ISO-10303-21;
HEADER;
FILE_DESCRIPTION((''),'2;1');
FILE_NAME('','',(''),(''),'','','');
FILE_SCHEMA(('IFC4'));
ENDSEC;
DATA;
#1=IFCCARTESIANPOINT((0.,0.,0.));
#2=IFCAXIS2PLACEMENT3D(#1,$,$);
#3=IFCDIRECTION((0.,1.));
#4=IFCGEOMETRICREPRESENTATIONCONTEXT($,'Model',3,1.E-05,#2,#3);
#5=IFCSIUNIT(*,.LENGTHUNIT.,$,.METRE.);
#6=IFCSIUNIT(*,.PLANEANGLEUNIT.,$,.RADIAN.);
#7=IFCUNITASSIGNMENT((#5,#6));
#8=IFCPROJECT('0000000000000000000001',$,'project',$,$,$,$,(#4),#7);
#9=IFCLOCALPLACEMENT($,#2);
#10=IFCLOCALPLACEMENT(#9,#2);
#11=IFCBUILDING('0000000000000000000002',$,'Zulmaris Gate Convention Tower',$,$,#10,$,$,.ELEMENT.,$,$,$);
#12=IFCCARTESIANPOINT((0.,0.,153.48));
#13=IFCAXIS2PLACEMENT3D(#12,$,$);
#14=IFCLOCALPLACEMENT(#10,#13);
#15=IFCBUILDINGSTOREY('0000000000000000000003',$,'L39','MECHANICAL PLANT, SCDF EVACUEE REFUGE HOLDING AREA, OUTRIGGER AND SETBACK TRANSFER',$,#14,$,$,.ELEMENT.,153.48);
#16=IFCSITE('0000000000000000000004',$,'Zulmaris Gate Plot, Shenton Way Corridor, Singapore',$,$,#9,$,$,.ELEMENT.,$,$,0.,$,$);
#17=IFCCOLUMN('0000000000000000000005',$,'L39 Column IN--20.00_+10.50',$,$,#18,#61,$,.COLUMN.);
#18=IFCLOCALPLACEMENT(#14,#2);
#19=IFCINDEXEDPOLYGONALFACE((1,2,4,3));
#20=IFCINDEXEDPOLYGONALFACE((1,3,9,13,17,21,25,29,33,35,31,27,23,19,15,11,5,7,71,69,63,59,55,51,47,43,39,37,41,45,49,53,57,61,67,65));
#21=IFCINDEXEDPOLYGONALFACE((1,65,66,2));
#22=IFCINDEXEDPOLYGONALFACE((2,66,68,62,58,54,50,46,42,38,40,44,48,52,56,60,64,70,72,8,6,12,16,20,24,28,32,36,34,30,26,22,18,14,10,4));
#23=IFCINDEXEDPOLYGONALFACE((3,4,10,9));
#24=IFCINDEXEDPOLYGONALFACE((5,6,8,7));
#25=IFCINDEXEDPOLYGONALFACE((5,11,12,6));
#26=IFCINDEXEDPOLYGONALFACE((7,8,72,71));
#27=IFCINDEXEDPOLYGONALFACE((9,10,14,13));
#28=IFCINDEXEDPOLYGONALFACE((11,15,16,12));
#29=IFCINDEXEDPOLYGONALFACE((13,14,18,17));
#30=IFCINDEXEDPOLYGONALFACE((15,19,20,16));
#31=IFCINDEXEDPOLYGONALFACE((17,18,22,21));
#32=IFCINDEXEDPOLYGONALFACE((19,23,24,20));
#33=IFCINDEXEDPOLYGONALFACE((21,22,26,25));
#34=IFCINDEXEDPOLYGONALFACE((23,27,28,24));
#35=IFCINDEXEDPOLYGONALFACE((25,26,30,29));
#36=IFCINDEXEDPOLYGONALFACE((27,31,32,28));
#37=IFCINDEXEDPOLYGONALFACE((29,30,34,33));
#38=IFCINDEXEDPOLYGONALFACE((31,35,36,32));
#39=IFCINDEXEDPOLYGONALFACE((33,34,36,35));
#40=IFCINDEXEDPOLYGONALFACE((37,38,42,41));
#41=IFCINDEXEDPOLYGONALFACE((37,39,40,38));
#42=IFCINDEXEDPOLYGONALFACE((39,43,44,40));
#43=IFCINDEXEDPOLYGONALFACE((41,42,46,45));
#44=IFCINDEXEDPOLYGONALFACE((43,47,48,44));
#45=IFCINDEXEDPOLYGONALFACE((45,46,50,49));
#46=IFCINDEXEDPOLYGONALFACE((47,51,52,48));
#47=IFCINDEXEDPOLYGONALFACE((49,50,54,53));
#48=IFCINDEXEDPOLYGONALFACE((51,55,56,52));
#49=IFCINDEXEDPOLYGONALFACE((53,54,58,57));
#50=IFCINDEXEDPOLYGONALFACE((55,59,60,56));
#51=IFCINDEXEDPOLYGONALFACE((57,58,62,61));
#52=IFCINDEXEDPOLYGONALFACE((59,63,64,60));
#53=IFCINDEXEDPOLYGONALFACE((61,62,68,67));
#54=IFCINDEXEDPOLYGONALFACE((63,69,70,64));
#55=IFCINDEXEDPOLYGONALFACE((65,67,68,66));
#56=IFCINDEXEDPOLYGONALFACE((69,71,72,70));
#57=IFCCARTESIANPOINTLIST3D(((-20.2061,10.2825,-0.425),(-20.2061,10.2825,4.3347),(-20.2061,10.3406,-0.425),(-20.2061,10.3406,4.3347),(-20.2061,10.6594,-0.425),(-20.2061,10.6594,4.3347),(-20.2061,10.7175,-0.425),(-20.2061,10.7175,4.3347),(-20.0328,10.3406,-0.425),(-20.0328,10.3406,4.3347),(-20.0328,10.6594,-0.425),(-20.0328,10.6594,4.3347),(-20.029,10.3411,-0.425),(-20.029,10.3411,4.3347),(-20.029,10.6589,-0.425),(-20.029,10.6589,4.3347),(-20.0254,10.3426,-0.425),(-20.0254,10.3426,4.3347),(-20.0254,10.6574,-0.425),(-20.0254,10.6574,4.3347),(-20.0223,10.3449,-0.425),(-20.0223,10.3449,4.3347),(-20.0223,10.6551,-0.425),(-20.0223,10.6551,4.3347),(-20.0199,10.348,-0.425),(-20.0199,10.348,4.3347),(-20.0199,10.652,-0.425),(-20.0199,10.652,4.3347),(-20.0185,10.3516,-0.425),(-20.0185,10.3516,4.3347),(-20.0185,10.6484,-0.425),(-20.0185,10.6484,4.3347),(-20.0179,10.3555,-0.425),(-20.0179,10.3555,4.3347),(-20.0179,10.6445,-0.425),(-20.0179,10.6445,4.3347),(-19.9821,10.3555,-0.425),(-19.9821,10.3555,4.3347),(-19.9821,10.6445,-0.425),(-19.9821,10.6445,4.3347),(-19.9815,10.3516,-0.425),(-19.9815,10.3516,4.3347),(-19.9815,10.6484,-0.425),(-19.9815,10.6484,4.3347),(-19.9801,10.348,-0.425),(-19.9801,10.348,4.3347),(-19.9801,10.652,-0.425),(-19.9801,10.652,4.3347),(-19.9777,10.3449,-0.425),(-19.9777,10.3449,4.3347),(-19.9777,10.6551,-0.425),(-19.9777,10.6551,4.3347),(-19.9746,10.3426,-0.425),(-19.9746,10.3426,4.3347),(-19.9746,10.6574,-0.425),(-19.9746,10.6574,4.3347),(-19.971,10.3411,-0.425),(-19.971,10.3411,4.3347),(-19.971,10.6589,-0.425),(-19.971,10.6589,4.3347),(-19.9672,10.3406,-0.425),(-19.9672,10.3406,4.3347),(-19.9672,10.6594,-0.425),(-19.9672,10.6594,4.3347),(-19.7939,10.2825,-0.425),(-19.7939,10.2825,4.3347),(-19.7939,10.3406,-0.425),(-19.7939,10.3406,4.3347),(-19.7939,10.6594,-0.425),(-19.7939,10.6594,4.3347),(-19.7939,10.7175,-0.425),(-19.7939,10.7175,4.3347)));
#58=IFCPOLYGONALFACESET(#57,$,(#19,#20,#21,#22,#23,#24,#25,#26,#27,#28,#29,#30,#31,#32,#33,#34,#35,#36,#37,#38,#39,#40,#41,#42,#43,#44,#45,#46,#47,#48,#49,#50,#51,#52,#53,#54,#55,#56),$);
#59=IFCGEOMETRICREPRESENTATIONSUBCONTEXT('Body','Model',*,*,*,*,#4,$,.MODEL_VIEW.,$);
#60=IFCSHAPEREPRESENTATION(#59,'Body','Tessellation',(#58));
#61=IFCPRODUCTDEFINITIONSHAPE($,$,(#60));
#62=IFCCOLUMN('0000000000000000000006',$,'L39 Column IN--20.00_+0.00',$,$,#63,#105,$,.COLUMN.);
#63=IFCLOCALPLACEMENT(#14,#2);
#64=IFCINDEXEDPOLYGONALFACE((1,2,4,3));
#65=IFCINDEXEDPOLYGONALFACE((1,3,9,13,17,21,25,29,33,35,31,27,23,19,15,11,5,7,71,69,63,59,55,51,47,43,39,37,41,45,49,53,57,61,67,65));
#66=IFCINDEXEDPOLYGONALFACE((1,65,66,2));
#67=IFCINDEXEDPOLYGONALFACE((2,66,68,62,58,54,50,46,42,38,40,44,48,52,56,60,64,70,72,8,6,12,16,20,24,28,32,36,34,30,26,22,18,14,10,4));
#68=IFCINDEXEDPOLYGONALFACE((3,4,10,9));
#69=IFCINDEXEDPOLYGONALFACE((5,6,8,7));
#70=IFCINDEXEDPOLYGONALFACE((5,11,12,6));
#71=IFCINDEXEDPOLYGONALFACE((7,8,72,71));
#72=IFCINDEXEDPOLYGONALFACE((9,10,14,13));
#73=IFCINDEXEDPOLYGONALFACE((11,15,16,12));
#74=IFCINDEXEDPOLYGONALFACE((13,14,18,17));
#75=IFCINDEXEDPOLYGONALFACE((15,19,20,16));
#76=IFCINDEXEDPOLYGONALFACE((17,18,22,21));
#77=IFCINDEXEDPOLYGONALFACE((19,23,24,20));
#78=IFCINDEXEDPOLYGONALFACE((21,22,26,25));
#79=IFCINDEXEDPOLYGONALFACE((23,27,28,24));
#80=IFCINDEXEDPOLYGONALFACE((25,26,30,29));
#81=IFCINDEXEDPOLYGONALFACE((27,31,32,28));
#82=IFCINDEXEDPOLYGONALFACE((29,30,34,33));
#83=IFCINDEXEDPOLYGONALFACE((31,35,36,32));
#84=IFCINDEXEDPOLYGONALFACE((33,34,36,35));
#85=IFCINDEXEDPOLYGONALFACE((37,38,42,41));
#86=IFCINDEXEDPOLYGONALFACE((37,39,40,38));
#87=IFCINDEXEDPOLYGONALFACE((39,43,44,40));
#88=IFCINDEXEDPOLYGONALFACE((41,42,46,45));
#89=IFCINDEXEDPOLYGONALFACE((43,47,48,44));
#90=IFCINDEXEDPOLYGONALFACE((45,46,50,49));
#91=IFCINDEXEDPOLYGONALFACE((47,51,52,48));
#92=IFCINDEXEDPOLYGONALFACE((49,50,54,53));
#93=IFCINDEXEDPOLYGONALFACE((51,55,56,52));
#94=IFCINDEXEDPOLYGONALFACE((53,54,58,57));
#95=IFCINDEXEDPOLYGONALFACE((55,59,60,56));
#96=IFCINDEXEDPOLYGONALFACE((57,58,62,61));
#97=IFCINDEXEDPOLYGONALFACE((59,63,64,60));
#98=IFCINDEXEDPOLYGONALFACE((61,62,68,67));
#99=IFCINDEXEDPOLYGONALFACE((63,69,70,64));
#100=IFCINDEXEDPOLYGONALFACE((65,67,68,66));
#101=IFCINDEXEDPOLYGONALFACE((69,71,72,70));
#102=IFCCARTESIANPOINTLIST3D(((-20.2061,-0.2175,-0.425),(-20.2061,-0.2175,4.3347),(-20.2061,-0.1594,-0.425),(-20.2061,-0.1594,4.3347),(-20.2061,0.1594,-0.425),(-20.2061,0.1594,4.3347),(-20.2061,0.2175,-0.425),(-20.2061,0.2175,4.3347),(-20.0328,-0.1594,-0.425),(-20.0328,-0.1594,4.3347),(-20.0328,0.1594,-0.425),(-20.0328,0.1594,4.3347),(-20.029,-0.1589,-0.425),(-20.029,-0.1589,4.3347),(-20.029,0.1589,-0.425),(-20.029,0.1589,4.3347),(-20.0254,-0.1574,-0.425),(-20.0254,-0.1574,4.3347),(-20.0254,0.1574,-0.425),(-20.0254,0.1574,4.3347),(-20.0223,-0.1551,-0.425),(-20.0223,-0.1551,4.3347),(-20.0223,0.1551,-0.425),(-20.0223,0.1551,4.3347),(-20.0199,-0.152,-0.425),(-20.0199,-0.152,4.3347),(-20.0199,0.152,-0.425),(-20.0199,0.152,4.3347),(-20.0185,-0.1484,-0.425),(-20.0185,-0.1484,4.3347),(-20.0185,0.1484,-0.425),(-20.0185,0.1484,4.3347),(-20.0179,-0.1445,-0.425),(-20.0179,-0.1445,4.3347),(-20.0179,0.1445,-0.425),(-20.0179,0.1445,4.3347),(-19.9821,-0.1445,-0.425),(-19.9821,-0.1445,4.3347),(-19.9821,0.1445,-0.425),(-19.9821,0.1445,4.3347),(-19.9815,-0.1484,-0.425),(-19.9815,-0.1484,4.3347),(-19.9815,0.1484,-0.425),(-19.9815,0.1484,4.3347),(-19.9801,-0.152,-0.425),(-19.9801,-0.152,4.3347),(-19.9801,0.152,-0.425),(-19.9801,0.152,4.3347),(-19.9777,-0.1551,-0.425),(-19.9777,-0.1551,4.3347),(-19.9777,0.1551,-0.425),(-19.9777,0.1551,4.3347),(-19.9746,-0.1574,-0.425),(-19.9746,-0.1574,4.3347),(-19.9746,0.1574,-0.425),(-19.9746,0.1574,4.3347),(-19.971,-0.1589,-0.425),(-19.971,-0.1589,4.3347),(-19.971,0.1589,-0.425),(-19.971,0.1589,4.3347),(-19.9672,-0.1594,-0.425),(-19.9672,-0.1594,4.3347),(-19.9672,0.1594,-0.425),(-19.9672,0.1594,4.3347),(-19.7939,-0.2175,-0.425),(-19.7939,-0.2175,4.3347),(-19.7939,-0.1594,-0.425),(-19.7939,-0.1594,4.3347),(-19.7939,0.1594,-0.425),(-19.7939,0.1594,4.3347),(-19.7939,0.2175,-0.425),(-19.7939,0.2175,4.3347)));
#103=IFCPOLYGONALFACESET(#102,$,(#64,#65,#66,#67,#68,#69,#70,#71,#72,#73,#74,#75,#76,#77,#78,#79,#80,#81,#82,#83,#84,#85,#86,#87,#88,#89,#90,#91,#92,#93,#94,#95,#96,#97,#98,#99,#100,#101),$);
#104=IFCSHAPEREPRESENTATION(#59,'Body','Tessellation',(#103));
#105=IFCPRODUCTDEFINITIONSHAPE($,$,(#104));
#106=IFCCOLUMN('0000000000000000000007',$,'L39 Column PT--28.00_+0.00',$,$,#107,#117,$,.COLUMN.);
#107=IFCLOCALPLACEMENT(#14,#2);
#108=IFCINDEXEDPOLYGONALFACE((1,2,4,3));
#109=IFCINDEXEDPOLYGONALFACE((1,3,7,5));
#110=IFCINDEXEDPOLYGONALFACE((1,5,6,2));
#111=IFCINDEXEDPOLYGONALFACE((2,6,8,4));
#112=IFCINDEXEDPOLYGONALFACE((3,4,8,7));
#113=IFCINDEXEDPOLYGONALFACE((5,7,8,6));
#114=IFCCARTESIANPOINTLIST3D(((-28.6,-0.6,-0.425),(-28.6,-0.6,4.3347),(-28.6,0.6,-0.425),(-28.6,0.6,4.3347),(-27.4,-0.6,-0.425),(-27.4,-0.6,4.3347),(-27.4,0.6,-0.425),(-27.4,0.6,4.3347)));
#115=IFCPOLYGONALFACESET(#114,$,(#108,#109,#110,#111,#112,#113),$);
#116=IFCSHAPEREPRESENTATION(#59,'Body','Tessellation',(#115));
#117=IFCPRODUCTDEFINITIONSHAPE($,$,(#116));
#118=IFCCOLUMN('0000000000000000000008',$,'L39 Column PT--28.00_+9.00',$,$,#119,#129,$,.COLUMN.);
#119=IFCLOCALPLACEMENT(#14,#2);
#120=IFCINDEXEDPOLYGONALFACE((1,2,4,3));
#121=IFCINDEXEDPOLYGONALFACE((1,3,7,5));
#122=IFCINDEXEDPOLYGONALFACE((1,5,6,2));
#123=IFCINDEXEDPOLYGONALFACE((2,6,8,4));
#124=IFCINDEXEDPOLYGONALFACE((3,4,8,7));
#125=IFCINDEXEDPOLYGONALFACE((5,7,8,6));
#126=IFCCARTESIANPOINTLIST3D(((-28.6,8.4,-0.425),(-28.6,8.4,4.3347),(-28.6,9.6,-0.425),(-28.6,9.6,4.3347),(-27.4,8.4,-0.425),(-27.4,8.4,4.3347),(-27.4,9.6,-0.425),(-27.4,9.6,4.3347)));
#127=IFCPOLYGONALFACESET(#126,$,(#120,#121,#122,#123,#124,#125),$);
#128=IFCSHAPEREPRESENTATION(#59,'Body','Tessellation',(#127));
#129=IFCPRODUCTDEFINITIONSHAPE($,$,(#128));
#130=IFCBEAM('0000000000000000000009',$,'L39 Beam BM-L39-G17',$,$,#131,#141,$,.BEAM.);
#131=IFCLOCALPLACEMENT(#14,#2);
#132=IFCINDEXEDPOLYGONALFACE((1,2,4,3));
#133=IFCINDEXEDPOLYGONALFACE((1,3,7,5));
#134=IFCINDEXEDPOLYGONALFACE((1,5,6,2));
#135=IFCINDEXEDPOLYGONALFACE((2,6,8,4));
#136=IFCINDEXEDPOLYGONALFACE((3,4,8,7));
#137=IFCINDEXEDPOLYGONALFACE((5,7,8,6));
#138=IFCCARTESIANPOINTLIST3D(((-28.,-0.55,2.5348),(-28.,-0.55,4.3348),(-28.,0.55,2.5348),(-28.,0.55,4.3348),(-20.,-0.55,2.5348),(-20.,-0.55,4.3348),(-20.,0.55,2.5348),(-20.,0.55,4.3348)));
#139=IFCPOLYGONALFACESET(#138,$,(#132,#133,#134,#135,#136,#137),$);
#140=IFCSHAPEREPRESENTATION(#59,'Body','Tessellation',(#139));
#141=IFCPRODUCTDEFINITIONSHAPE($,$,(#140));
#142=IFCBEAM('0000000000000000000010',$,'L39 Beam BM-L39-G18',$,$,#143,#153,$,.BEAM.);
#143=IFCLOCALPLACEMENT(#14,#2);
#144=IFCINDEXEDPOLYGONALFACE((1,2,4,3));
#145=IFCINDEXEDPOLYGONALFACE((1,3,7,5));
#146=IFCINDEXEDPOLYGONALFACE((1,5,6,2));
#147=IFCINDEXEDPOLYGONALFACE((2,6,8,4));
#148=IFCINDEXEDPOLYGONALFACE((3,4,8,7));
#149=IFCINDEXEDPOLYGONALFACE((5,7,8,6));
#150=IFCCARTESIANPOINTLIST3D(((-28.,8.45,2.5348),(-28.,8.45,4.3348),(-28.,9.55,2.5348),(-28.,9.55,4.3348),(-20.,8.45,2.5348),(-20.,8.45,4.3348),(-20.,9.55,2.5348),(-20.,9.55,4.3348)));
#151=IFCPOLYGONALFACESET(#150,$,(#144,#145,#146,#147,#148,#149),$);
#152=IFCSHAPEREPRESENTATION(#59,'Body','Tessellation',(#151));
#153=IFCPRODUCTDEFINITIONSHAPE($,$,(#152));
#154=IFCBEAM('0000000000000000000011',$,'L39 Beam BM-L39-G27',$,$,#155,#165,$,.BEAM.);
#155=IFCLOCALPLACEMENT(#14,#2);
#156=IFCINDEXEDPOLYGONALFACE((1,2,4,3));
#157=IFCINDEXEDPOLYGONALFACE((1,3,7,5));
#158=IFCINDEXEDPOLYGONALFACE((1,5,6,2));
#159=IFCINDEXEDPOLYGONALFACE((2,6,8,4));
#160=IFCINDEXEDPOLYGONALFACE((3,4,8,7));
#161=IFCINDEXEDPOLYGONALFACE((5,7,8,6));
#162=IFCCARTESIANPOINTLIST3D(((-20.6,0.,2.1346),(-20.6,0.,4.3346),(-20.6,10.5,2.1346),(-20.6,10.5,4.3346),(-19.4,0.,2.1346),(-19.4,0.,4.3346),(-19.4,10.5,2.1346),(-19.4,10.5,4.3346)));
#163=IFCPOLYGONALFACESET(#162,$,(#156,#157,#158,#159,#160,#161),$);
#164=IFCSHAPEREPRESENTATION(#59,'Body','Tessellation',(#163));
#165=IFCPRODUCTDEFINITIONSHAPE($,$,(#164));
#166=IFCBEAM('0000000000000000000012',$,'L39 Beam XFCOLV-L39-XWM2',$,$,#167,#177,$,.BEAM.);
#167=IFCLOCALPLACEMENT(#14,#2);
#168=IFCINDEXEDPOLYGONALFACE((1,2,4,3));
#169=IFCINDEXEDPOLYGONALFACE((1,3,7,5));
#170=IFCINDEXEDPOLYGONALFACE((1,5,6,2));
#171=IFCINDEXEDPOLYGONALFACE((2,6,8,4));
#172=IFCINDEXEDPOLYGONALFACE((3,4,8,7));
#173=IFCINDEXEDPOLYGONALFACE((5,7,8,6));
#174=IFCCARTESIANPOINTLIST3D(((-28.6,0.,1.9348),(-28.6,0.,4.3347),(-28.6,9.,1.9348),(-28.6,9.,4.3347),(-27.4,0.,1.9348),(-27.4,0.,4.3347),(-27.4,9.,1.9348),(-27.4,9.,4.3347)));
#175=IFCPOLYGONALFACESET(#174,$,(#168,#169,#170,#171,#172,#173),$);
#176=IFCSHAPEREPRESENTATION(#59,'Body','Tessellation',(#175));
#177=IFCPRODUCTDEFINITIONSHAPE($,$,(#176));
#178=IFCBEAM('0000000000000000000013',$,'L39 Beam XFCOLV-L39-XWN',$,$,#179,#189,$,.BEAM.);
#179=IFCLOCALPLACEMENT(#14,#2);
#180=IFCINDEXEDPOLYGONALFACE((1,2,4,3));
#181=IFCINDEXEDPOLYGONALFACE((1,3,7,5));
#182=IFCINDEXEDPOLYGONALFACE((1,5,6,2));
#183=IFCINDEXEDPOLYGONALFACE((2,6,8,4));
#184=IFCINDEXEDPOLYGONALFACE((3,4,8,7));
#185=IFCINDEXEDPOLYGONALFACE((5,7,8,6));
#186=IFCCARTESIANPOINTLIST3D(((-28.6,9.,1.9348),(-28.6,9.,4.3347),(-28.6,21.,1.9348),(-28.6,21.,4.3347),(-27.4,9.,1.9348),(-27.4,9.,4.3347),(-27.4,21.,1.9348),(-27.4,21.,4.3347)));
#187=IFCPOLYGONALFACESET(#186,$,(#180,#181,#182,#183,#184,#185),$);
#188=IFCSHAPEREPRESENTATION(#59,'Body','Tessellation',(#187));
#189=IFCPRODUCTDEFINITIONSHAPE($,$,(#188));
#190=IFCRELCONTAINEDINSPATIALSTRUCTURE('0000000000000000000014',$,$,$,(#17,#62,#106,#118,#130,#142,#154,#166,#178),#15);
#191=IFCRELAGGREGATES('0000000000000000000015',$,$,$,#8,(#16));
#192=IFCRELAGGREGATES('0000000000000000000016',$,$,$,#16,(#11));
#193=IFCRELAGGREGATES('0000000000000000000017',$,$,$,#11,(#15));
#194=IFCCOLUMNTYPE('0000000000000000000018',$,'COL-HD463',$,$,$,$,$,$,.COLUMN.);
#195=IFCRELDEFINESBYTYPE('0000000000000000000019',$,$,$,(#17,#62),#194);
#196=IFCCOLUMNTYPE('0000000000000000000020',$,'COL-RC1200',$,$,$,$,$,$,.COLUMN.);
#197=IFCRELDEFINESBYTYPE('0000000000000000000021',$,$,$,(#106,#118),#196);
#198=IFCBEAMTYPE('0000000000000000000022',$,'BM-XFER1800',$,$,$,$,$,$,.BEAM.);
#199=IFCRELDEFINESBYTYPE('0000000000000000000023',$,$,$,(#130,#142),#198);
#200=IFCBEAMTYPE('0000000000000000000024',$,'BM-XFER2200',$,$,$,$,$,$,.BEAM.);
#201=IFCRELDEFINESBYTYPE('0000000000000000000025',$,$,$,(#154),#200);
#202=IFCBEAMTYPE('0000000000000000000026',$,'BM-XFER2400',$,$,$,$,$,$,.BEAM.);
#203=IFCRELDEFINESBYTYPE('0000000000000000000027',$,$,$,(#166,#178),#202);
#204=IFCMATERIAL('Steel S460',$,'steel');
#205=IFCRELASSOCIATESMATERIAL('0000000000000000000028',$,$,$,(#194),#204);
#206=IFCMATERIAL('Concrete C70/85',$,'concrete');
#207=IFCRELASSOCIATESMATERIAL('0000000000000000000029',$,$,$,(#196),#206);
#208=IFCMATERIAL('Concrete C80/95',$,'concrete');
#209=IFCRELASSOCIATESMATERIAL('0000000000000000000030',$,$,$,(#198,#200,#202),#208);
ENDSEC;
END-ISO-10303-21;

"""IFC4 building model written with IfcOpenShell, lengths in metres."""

from ifc_helpers import new_model, si_unit, direction, frame, origin, origin_2d, place, context, subcontext, project, spatial, rectangle, i_section, extrude, material, material_profile, profile_set, type_object, element, save


model = new_model("IFC4")

# Units and contexts
model_context = context("Model", 3, precision=1e-05, world=origin(), true_north=direction((0.0, 1.0)))
body_context = subcontext(model_context, "Body", "Model", "MODEL_VIEW")
ifc_project = project(units=[si_unit("LENGTHUNIT", "METRE"), si_unit("PLANEANGLEUNIT", "RADIAN")], contexts=[model_context])

# Site, building, storey
site_placement = place(None, origin())
site = spatial("IfcSite", under=ifc_project, at=site_placement, Name="Zulmaris Gate Plot, Shenton Way Corridor, Singapore", CompositionType="ELEMENT", RefElevation=0.0)
building_placement = place(site_placement, origin())
building = spatial("IfcBuilding", under=site, at=building_placement, Name="Zulmaris Gate Convention Tower", CompositionType="ELEMENT")
storey_placement = place(building_placement, frame((0.0, 0.0, 153.48)))
storey = spatial("IfcBuildingStorey", under=building, at=storey_placement, Name="L39", Description="MECHANICAL PLANT, SCDF EVACUEE REFUGE HOLDING AREA, OUTRIGGER AND SETBACK TRANSFER", CompositionType="ELEMENT", Elevation=153.48)

# Columns
ifc_material_1 = material(Name="Steel S460", Category="steel")
ifc_material_profile_1 = material_profile(ifc_material_1, i_section(OverallWidth=0.4121, OverallDepth=0.4351, WebThickness=0.0359, FlangeThickness=0.0581, FilletRadius=0.0149, at=origin_2d()), Name="HD 400x463")
ifc_profile_set_1 = profile_set([ifc_material_profile_1], Name="Steel S460")
column_type_1 = type_object("IfcColumnType", Name="COL-HD463", PredefinedType="COLUMN", material=ifc_profile_set_1)
for number, where, z_axis, x_axis, name in (
    (1, (-20.0, 10.5, -0.425), (0.0, 0.0, 1.0), (1.0, 0.0, 0.0), "L39 Column IN--20.00_+10.50"),
    (2, (-20.0, 0.0, -0.425), (0.0, 0.0, 1.0), (1.0, 0.0, 0.0), "L39 Column IN--20.00_+0.00"),
):
    element("IfcColumn", number, at=place(storey_placement, frame(where, z_axis=z_axis, x_axis=x_axis)), inside=storey, type_object=column_type_1, Name=name, PredefinedType="COLUMN", context=body_context, shape_type="SweptSolid", body=[
        extrude(i_section(OverallWidth=0.4121, OverallDepth=0.4351, WebThickness=0.0359, FlangeThickness=0.0581, FilletRadius=0.0149, at=origin_2d()), origin(), (0.0, 0.0, 1.0), 4.7598),
    ])
ifc_material_2 = material(Name="Concrete C70/85", Category="concrete")
ifc_material_profile_2 = material_profile(ifc_material_2, rectangle(XDim=1.2, YDim=1.2, at=origin_2d()), Name="RC COL 1200x1200")
ifc_profile_set_2 = profile_set([ifc_material_profile_2], Name="Concrete C70/85")
column_type_2 = type_object("IfcColumnType", Name="COL-RC1200", PredefinedType="COLUMN", material=ifc_profile_set_2)
for number, where, z_axis, x_axis, name in (
    (3, (-28.0, 0.0, -0.425), (0.0, 0.0, 1.0), (1.0, 0.0, 0.0), "L39 Column PT--28.00_+0.00"),
    (4, (-28.0, 9.0, -0.425), (0.0, 0.0, 1.0), (1.0, 0.0, 0.0), "L39 Column PT--28.00_+9.00"),
):
    element("IfcColumn", number, at=place(storey_placement, frame(where, z_axis=z_axis, x_axis=x_axis)), inside=storey, type_object=column_type_2, Name=name, PredefinedType="COLUMN", context=body_context, shape_type="SweptSolid", body=[
        extrude(rectangle(XDim=1.2, YDim=1.2, at=origin_2d()), origin(), (0.0, 0.0, 1.0), 4.7598),
    ])

# Beams
ifc_material_3 = material(Name="Concrete C80/95", Category="concrete")
ifc_material_profile_3 = material_profile(ifc_material_3, rectangle(XDim=1.1001, YDim=1.8, at=origin_2d()), Name="RC TRANSFER 1100x1800")
ifc_profile_set_3 = profile_set([ifc_material_profile_3], Name="Concrete C80/95")
beam_type_1 = type_object("IfcBeamType", Name="BM-XFER1800", PredefinedType="BEAM", material=ifc_profile_set_3)
for number, where, z_axis, x_axis, name in (
    (5, (-28.0, 0.0, 3.4348), (1.0, 0.0, 0.0), (0.0, 1.0, 0.0), "L39 Beam BM-L39-G17"),
    (6, (-28.0, 9.0, 3.4348), (1.0, 0.0, 0.0), (0.0, 1.0, 0.0), "L39 Beam BM-L39-G18"),
):
    element("IfcBeam", number, at=place(storey_placement, frame(where, z_axis=z_axis, x_axis=x_axis)), inside=storey, type_object=beam_type_1, Name=name, PredefinedType="BEAM", context=body_context, shape_type="SweptSolid", body=[
        extrude(rectangle(XDim=1.1001, YDim=1.8, at=origin_2d()), origin(), (0.0, 0.0, 1.0), 8.0),
    ])
ifc_material_profile_4 = material_profile(ifc_material_3, rectangle(XDim=1.2, YDim=2.2, at=origin_2d()), Name="RC TRANSFER 1200x2200")
ifc_profile_set_4 = profile_set([ifc_material_profile_4], Name="Concrete C80/95")
beam_type_2 = type_object("IfcBeamType", Name="BM-XFER2200", PredefinedType="BEAM", material=ifc_profile_set_4)
beam_1_placement = place(storey_placement, frame((-20.0, 0.0, 3.2346), z_axis=(0.0, 1.0, 0.0), x_axis=(-1.0, 0.0, 0.0)))
element("IfcBeam", 7, at=beam_1_placement, inside=storey, type_object=beam_type_2, Name="L39 Beam BM-L39-G27", PredefinedType="BEAM", context=body_context, shape_type="SweptSolid", body=[
    extrude(rectangle(XDim=1.2, YDim=2.2, at=origin_2d()), origin(), (0.0, 0.0, 1.0), 10.5),
])
ifc_material_profile_5 = material_profile(ifc_material_3, rectangle(XDim=1.2, YDim=2.3999, at=origin_2d()), Name="RC TRANSFER 1200x2400")
ifc_profile_set_5 = profile_set([ifc_material_profile_5], Name="Concrete C80/95")
beam_type_3 = type_object("IfcBeamType", Name="BM-XFER2400", PredefinedType="BEAM", material=ifc_profile_set_5)
beam_2_placement = place(storey_placement, frame((-28.0, 0.0, 3.1348), z_axis=(0.0, 1.0, 0.0), x_axis=(-1.0, 0.0, 0.0)))
element("IfcBeam", 8, at=beam_2_placement, inside=storey, type_object=beam_type_3, Name="L39 Beam XFCOLV-L39-XWM2", PredefinedType="BEAM", context=body_context, shape_type="SweptSolid", body=[
    extrude(rectangle(XDim=1.2, YDim=2.3999, at=origin_2d()), origin(), (0.0, 0.0, 1.0), 9.0),
])
beam_3_placement = place(storey_placement, frame((-28.0, 9.0, 3.1348), z_axis=(0.0, 1.0, 0.0), x_axis=(-1.0, 0.0, 0.0)))
element("IfcBeam", 9, at=beam_3_placement, inside=storey, type_object=beam_type_3, Name="L39 Beam XFCOLV-L39-XWN", PredefinedType="BEAM", context=body_context, shape_type="SweptSolid", body=[
    extrude(rectangle(XDim=1.2, YDim=2.3999, at=origin_2d()), origin(), (0.0, 0.0, 1.0), 12.0),
])

save(model, "model.ifc")
